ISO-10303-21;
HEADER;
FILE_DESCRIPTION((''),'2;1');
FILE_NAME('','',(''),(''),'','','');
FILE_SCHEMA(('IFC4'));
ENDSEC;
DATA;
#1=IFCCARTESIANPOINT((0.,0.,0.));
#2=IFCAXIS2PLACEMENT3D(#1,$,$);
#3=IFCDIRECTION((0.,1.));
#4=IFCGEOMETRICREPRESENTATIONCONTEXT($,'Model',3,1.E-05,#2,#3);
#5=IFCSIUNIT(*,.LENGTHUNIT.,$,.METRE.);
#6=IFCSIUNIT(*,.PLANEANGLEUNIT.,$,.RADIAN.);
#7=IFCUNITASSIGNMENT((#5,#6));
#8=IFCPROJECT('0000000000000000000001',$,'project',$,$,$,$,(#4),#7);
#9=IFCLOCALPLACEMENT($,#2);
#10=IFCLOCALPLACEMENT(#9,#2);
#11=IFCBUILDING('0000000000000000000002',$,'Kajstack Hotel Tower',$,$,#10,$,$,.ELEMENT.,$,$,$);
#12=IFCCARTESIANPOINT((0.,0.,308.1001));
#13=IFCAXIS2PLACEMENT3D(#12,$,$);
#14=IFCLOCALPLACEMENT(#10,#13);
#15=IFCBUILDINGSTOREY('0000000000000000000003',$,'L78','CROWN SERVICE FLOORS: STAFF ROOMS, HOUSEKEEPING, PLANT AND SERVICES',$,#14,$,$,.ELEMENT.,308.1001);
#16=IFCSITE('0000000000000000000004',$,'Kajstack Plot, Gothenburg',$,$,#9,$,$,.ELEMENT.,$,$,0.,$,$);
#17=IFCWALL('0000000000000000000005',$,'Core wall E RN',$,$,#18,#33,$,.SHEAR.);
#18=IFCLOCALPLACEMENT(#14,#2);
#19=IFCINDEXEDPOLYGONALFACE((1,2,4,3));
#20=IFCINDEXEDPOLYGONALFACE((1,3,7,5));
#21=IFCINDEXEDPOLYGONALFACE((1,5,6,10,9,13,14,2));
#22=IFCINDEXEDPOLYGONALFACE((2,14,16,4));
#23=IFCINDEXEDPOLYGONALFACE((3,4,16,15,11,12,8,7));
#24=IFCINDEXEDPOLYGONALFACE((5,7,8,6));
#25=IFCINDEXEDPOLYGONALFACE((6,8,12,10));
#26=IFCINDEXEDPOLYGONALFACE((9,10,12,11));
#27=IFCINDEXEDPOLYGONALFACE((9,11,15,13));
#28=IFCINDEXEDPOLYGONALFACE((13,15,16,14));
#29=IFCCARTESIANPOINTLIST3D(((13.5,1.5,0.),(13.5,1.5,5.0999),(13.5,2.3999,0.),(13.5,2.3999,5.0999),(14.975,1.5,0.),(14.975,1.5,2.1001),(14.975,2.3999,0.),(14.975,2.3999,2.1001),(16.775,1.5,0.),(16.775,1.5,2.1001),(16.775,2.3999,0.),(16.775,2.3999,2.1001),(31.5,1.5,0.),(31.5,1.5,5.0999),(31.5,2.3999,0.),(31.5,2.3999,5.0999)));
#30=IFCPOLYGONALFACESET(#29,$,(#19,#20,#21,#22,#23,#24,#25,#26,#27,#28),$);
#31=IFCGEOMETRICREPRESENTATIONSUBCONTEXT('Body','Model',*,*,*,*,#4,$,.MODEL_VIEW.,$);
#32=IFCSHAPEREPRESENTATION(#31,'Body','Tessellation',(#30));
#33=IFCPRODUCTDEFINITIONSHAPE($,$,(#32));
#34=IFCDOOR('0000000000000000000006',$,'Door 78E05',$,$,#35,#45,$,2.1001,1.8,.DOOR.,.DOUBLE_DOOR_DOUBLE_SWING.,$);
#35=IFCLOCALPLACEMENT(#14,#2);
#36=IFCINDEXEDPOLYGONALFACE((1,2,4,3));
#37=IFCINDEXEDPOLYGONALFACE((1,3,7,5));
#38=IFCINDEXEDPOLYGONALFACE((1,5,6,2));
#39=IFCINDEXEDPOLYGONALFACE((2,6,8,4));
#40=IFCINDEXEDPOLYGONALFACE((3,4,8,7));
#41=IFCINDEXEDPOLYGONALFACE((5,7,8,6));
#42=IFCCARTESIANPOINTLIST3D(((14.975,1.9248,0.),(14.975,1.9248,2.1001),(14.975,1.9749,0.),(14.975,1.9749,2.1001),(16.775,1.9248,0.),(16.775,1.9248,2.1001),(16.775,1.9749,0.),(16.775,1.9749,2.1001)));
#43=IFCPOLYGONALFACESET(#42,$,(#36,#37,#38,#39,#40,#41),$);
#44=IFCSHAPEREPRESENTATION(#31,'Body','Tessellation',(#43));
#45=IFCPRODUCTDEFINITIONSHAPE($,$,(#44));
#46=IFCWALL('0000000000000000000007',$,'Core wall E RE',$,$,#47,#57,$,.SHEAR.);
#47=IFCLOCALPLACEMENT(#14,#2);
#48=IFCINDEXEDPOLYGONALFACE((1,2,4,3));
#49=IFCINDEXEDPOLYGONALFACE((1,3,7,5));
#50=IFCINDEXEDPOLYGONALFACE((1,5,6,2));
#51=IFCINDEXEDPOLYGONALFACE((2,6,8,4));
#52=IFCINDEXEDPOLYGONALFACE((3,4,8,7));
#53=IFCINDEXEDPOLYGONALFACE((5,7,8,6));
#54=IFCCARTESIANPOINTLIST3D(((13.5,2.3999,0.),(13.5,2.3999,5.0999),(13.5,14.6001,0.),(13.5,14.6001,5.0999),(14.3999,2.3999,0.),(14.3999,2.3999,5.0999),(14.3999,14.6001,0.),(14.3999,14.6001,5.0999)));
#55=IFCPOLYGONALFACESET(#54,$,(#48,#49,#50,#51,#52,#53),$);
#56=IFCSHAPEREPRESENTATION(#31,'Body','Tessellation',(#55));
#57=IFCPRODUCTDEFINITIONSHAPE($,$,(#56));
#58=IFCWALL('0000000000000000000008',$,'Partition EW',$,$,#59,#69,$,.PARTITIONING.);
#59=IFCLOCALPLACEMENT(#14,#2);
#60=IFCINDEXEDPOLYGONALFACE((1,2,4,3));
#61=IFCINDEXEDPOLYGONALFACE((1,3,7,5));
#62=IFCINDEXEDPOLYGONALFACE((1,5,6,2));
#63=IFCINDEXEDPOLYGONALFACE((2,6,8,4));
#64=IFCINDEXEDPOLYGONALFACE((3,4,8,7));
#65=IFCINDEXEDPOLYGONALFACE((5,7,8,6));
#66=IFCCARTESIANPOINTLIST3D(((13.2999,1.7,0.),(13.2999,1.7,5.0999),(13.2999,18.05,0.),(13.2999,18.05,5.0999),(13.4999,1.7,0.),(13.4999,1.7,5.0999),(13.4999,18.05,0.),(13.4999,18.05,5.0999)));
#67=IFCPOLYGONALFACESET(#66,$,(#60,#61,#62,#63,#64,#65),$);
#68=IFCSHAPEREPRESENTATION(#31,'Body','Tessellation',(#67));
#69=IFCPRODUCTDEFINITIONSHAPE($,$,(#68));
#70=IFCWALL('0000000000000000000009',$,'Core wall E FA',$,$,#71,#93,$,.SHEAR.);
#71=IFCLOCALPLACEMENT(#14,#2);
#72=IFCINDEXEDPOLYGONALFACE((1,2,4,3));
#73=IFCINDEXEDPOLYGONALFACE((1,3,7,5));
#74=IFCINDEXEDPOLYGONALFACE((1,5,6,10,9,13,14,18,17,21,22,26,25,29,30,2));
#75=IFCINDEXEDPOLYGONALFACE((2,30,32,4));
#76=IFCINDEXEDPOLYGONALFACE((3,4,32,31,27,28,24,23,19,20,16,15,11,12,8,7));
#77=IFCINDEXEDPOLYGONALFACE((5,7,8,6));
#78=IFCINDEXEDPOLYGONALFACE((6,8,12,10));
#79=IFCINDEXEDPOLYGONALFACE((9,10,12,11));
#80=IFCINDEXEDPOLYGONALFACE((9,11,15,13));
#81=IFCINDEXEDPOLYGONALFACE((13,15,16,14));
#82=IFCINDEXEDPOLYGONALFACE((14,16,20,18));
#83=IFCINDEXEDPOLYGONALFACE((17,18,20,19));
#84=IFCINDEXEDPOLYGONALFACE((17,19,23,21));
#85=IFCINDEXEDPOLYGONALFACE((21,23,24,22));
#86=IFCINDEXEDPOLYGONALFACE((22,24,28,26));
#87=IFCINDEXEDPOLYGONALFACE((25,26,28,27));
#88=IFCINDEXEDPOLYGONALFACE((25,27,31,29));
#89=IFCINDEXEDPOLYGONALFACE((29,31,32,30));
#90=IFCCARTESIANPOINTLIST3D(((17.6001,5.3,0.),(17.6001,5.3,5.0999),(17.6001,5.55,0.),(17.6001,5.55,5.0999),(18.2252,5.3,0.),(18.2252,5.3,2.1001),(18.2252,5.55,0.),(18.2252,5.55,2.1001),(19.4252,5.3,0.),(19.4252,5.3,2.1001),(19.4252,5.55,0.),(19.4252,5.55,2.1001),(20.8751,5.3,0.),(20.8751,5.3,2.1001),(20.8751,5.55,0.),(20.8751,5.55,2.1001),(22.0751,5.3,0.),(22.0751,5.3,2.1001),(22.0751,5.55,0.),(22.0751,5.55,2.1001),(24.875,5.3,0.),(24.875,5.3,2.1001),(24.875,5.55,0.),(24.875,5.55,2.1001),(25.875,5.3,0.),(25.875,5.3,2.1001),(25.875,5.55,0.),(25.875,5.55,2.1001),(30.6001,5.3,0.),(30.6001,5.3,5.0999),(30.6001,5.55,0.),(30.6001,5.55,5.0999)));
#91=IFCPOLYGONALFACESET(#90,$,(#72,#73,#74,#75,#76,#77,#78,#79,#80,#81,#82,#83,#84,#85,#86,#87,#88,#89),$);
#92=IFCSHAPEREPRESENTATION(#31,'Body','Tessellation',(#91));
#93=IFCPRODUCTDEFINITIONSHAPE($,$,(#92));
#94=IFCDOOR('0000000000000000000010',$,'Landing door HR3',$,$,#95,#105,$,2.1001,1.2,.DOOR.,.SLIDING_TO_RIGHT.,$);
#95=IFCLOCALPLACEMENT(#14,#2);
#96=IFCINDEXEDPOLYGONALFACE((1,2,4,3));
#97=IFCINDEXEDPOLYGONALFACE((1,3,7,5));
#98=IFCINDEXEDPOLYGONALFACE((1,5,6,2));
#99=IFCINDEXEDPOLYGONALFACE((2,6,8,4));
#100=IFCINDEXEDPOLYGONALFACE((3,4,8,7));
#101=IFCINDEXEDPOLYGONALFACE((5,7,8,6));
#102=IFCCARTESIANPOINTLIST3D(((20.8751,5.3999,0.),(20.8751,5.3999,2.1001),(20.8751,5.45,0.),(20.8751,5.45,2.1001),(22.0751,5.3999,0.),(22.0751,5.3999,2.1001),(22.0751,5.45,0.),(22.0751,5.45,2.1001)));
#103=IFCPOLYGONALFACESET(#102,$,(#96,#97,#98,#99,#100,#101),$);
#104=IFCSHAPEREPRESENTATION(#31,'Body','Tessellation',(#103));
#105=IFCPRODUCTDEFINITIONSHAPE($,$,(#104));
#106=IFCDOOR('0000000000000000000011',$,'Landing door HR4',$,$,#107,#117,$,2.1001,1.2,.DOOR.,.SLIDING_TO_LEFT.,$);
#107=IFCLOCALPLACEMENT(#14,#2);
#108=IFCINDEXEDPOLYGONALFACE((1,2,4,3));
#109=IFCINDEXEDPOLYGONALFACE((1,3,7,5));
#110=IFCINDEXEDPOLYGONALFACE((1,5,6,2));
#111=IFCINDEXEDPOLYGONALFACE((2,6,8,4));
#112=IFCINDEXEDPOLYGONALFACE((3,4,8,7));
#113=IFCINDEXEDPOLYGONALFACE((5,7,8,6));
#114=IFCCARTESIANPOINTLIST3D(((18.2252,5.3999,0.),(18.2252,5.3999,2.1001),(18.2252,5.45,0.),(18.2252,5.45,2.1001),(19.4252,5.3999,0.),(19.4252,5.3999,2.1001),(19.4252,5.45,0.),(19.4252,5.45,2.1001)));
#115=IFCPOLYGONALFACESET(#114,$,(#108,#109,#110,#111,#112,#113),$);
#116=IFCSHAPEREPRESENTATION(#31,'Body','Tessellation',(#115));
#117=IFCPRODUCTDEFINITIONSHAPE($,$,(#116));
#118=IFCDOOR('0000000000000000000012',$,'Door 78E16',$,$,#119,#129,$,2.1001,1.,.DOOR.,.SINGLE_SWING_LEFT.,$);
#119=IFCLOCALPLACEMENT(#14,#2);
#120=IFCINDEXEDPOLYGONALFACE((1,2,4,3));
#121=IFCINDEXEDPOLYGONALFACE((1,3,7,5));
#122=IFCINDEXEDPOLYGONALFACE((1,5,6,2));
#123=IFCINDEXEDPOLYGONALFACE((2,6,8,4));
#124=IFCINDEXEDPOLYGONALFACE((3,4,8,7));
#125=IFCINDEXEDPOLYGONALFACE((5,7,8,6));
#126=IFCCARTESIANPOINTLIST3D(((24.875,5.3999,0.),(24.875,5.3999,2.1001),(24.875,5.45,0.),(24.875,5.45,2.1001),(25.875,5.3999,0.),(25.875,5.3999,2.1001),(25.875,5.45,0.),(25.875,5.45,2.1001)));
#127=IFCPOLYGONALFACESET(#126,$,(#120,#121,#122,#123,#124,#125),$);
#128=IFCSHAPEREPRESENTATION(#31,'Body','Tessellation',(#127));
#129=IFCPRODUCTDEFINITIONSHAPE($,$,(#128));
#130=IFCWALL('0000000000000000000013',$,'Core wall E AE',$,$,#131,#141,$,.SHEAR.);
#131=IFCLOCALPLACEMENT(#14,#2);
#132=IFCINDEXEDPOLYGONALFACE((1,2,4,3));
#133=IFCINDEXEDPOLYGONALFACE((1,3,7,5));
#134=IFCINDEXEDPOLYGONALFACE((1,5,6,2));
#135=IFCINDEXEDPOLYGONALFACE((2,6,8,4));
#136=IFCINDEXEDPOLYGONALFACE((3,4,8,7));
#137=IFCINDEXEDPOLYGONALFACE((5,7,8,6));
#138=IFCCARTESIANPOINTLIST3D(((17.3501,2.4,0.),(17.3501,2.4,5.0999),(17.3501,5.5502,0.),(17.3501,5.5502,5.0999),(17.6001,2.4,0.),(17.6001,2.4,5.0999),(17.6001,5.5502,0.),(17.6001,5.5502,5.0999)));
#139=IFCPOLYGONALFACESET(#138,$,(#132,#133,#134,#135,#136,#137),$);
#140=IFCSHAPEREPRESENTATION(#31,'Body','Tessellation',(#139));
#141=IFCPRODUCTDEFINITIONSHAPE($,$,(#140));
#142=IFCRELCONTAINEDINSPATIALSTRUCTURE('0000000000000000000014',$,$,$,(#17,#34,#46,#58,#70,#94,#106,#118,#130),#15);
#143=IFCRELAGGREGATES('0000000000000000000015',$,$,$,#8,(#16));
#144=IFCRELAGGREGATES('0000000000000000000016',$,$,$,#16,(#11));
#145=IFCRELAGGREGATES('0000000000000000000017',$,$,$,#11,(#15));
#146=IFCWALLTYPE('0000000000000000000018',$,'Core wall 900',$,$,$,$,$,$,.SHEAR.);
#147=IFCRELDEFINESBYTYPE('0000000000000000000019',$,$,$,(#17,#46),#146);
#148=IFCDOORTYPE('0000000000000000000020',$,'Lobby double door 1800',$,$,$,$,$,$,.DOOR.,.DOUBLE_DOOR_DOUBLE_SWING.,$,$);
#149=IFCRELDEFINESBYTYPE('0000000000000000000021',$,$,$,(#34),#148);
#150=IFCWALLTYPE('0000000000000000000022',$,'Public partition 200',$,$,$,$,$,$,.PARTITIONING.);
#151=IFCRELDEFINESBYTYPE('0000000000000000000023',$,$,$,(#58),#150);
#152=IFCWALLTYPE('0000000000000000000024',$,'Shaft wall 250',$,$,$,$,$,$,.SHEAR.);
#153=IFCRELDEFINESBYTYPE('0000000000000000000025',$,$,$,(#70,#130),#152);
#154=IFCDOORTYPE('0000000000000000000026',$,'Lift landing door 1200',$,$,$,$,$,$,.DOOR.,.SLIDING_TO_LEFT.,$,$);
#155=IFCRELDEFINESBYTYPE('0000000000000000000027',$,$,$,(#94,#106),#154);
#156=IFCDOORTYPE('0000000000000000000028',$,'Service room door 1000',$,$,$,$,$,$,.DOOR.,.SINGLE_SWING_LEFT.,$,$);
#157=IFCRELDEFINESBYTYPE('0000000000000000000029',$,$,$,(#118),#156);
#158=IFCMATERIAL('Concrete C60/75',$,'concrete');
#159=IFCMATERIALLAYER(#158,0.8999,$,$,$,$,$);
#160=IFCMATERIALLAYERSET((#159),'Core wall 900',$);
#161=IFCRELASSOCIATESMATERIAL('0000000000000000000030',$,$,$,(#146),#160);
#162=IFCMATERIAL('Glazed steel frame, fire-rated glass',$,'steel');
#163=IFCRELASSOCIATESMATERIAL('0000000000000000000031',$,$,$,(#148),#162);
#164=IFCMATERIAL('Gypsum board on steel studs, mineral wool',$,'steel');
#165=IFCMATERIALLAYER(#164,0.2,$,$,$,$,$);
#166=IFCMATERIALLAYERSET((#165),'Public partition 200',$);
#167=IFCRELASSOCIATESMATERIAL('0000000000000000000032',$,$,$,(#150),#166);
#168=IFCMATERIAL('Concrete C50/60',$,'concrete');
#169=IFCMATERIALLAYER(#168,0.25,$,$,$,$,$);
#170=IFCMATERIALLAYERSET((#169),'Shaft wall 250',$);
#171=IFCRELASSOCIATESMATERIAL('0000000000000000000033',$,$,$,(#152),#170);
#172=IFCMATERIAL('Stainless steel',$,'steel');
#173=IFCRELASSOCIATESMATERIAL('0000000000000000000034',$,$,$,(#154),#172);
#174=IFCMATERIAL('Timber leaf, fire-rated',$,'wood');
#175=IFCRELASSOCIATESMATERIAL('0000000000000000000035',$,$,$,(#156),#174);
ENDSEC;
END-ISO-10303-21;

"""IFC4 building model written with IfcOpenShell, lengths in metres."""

from ifc_helpers import new_model, si_unit, direction, frame, frame_2d, origin, place, context, subcontext, project, spatial, rectangle, extrude, material, layer, layer_set, type_object, element, fill, save


model = new_model("IFC4")

# Units and contexts
model_context = context("Model", 3, precision=1e-05, world=origin(), true_north=direction((0.0, 1.0)))
body_context = subcontext(model_context, "Body", "Model", "MODEL_VIEW")
ifc_project = project(units=[si_unit("LENGTHUNIT", "METRE"), si_unit("PLANEANGLEUNIT", "RADIAN")], contexts=[model_context])

# Site, building, storey
site_placement = place(None, origin())
site = spatial("IfcSite", under=ifc_project, at=site_placement, Name="Kajstack Plot, Gothenburg", CompositionType="ELEMENT", RefElevation=0.0)
building_placement = place(site_placement, origin())
building = spatial("IfcBuilding", under=site, at=building_placement, Name="Kajstack Hotel Tower", CompositionType="ELEMENT")
storey_placement = place(building_placement, frame((0.0, 0.0, 308.1001)))
storey = spatial("IfcBuildingStorey", under=building, at=storey_placement, Name="L78", Description="CROWN SERVICE FLOORS: STAFF ROOMS, HOUSEKEEPING, PLANT AND SERVICES", CompositionType="ELEMENT", Elevation=308.1001)

# Wall, opening, door
ifc_material_1 = material(Name="Concrete C60/75", Category="concrete")
ifc_layer_1 = layer(ifc_material_1, 0.8999)
ifc_layer_set_1 = layer_set([ifc_layer_1], Name="Core wall 900")
wall_type_1 = type_object("IfcWallType", Name="Core wall 900", PredefinedType="SHEAR", material=ifc_layer_set_1)
wall_1_placement = place(storey_placement, frame((13.5, 1.95, 0.0), z_axis=(0.0, 0.0, 1.0), x_axis=(1.0, 0.0, 0.0)))
wall_1 = element("IfcWall", 1, at=wall_1_placement, inside=storey, type_object=wall_type_1, Name="Core wall E RN", PredefinedType="SHEAR", context=body_context, shape_type="SweptSolid", body=[
    extrude(rectangle(XDim=18.0, YDim=0.8999, at=frame_2d((9.0, 0.0))), origin(), (0.0, 0.0, 1.0), 5.0999),
])
opening_1_placement = place(wall_1_placement, frame((1.4751, 0.0, 0.0)))
opening_1 = element("IfcOpeningElement", 2, at=opening_1_placement, cuts=wall_1, PredefinedType="OPENING", context=body_context, shape_type="SweptSolid", body=[
    extrude(rectangle(XDim=1.8, YDim=2.1001, at=frame_2d((0.8999, 1.05))), frame((0.0, 0.46, 0.0), z_axis=(0.0, -1.0, 0.0), x_axis=(1.0, 0.0, 0.0)), (0.0, 0.0, 1.0), 0.9199),
])
ifc_material_2 = material(Name="Glazed steel frame, fire-rated glass", Category="steel")
door_type_1 = type_object("IfcDoorType", Name="Lobby double door 1800", OperationType="DOUBLE_DOOR_DOUBLE_SWING", PredefinedType="DOOR", material=ifc_material_2)
door_1_placement = place(opening_1_placement, origin())
door_1 = element("IfcDoor", 3, at=door_1_placement, inside=storey, type_object=door_type_1, Name="Door 78E05", OperationType="DOUBLE_DOOR_DOUBLE_SWING", OverallHeight=2.1001, OverallWidth=1.8, PredefinedType="DOOR", context=body_context, shape_type="SweptSolid", body=[
    extrude(rectangle(XDim=1.8, YDim=2.1001, at=frame_2d((0.8999, 1.05))), frame((0.0, 0.0249, 0.0), z_axis=(0.0, -1.0, 0.0), x_axis=(1.0, 0.0, 0.0)), (0.0, 0.0, 1.0), 0.05),
])
fill(opening_1, door_1)

# Walls
wall_2_placement = place(storey_placement, frame((13.95, 2.3999, 0.0), z_axis=(0.0, 0.0, 1.0), x_axis=(0.0, 1.0, 0.0)))
element("IfcWall", 4, at=wall_2_placement, inside=storey, type_object=wall_type_1, Name="Core wall E RE", PredefinedType="SHEAR", context=body_context, shape_type="SweptSolid", body=[
    extrude(rectangle(XDim=12.2002, YDim=0.8999, at=frame_2d((6.1001, 0.0))), origin(), (0.0, 0.0, 1.0), 5.0999),
])
ifc_material_3 = material(Name="Gypsum board on steel studs, mineral wool", Category="steel")
ifc_layer_2 = layer(ifc_material_3, 0.2)
ifc_layer_set_2 = layer_set([ifc_layer_2], Name="Public partition 200")
wall_type_2 = type_object("IfcWallType", Name="Public partition 200", PredefinedType="PARTITIONING", material=ifc_layer_set_2)
wall_3_placement = place(storey_placement, frame((13.3999, 1.7, 0.0), z_axis=(0.0, 0.0, 1.0), x_axis=(0.0, 1.0, 0.0)))
element("IfcWall", 5, at=wall_3_placement, inside=storey, type_object=wall_type_2, Name="Partition EW", PredefinedType="PARTITIONING", context=body_context, shape_type="SweptSolid", body=[
    extrude(rectangle(XDim=16.3501, YDim=0.2, at=frame_2d((8.175, 0.0))), origin(), (0.0, 0.0, 1.0), 5.0999),
])

# Wall, openings, doors
ifc_material_4 = material(Name="Concrete C50/60", Category="concrete")
ifc_layer_3 = layer(ifc_material_4, 0.25)
ifc_layer_set_3 = layer_set([ifc_layer_3], Name="Shaft wall 250")
wall_type_3 = type_object("IfcWallType", Name="Shaft wall 250", PredefinedType="SHEAR", material=ifc_layer_set_3)
wall_4_placement = place(storey_placement, frame((17.6001, 5.425, 0.0), z_axis=(0.0, 0.0, 1.0), x_axis=(1.0, 0.0, 0.0)))
wall_4 = element("IfcWall", 6, at=wall_4_placement, inside=storey, type_object=wall_type_3, Name="Core wall E FA", PredefinedType="SHEAR", context=body_context, shape_type="SweptSolid", body=[
    extrude(rectangle(XDim=13.0, YDim=0.25, at=frame_2d((6.5, 0.0))), origin(), (0.0, 0.0, 1.0), 5.0999),
])
opening_2_placement = place(wall_4_placement, frame((3.2749, 0.0, 0.0)))
opening_2 = element("IfcOpeningElement", 7, at=opening_2_placement, cuts=wall_4, PredefinedType="OPENING", context=body_context, shape_type="SweptSolid", body=[
    extrude(rectangle(XDim=1.2, YDim=2.1001, at=frame_2d((0.6001, 1.05))), frame((0.0, 0.135, 0.0), z_axis=(0.0, -1.0, 0.0), x_axis=(1.0, 0.0, 0.0)), (0.0, 0.0, 1.0), 0.27),
])
opening_3_placement = place(wall_4_placement, frame((0.625, 0.0, 0.0)))
opening_3 = element("IfcOpeningElement", 8, at=opening_3_placement, cuts=wall_4, PredefinedType="OPENING", context=body_context, shape_type="SweptSolid", body=[
    extrude(rectangle(XDim=1.2, YDim=2.1001, at=frame_2d((0.6001, 1.05))), frame((0.0, 0.135, 0.0), z_axis=(0.0, -1.0, 0.0), x_axis=(1.0, 0.0, 0.0)), (0.0, 0.0, 1.0), 0.27),
])
opening_4_placement = place(wall_4_placement, frame((7.2749, 0.0, 0.0)))
opening_4 = element("IfcOpeningElement", 9, at=opening_4_placement, cuts=wall_4, PredefinedType="OPENING", context=body_context, shape_type="SweptSolid", body=[
    extrude(rectangle(XDim=1.0, YDim=2.1001, at=frame_2d((0.5, 1.05))), frame((0.0, 0.135, 0.0), z_axis=(0.0, -1.0, 0.0), x_axis=(1.0, 0.0, 0.0)), (0.0, 0.0, 1.0), 0.27),
])
ifc_material_5 = material(Name="Stainless steel", Category="steel")
door_type_2 = type_object("IfcDoorType", Name="Lift landing door 1200", OperationType="SLIDING_TO_LEFT", PredefinedType="DOOR", material=ifc_material_5)
door_2_placement = place(opening_2_placement, origin())
door_2 = element("IfcDoor", 10, at=door_2_placement, inside=storey, type_object=door_type_2, Name="Landing door HR3", OperationType="SLIDING_TO_RIGHT", OverallHeight=2.1001, OverallWidth=1.2, PredefinedType="DOOR", context=body_context, shape_type="SweptSolid", body=[
    extrude(rectangle(XDim=1.2, YDim=2.1001, at=frame_2d((0.6001, 1.05))), frame((0.0, 0.0249, 0.0), z_axis=(0.0, -1.0, 0.0), x_axis=(1.0, 0.0, 0.0)), (0.0, 0.0, 1.0), 0.05),
])
fill(opening_2, door_2)
door_3_placement = place(opening_3_placement, origin())
door_3 = element("IfcDoor", 11, at=door_3_placement, inside=storey, type_object=door_type_2, Name="Landing door HR4", OperationType="SLIDING_TO_LEFT", OverallHeight=2.1001, OverallWidth=1.2, PredefinedType="DOOR", context=body_context, shape_type="SweptSolid", body=[
    extrude(rectangle(XDim=1.2, YDim=2.1001, at=frame_2d((0.6001, 1.05))), frame((0.0, 0.0249, 0.0), z_axis=(0.0, -1.0, 0.0), x_axis=(1.0, 0.0, 0.0)), (0.0, 0.0, 1.0), 0.05),
])
fill(opening_3, door_3)
ifc_material_6 = material(Name="Timber leaf, fire-rated", Category="wood")
door_type_3 = type_object("IfcDoorType", Name="Service room door 1000", OperationType="SINGLE_SWING_LEFT", PredefinedType="DOOR", material=ifc_material_6)
door_4_placement = place(opening_4_placement, origin())
door_4 = element("IfcDoor", 12, at=door_4_placement, inside=storey, type_object=door_type_3, Name="Door 78E16", OperationType="SINGLE_SWING_LEFT", OverallHeight=2.1001, OverallWidth=1.0, PredefinedType="DOOR", context=body_context, shape_type="SweptSolid", body=[
    extrude(rectangle(XDim=1.0, YDim=2.1001, at=frame_2d((0.5, 1.05))), frame((0.0, 0.0249, 0.0), z_axis=(0.0, -1.0, 0.0), x_axis=(1.0, 0.0, 0.0)), (0.0, 0.0, 1.0), 0.05),
])
fill(opening_4, door_4)

# Wall
wall_5_placement = place(storey_placement, frame((17.4751, 2.3999, 0.0), z_axis=(0.0, 0.0, 1.0), x_axis=(0.0, 1.0, 0.0)))
element("IfcWall", 13, at=wall_5_placement, inside=storey, type_object=wall_type_3, Name="Core wall E AE", PredefinedType="SHEAR", context=body_context, shape_type="SweptSolid", body=[
    extrude(rectangle(XDim=3.1501, YDim=0.25, at=frame_2d((1.5752, 0.0))), origin(), (0.0, 0.0, 1.0), 5.0999),
])

save(model, "model.ifc")
